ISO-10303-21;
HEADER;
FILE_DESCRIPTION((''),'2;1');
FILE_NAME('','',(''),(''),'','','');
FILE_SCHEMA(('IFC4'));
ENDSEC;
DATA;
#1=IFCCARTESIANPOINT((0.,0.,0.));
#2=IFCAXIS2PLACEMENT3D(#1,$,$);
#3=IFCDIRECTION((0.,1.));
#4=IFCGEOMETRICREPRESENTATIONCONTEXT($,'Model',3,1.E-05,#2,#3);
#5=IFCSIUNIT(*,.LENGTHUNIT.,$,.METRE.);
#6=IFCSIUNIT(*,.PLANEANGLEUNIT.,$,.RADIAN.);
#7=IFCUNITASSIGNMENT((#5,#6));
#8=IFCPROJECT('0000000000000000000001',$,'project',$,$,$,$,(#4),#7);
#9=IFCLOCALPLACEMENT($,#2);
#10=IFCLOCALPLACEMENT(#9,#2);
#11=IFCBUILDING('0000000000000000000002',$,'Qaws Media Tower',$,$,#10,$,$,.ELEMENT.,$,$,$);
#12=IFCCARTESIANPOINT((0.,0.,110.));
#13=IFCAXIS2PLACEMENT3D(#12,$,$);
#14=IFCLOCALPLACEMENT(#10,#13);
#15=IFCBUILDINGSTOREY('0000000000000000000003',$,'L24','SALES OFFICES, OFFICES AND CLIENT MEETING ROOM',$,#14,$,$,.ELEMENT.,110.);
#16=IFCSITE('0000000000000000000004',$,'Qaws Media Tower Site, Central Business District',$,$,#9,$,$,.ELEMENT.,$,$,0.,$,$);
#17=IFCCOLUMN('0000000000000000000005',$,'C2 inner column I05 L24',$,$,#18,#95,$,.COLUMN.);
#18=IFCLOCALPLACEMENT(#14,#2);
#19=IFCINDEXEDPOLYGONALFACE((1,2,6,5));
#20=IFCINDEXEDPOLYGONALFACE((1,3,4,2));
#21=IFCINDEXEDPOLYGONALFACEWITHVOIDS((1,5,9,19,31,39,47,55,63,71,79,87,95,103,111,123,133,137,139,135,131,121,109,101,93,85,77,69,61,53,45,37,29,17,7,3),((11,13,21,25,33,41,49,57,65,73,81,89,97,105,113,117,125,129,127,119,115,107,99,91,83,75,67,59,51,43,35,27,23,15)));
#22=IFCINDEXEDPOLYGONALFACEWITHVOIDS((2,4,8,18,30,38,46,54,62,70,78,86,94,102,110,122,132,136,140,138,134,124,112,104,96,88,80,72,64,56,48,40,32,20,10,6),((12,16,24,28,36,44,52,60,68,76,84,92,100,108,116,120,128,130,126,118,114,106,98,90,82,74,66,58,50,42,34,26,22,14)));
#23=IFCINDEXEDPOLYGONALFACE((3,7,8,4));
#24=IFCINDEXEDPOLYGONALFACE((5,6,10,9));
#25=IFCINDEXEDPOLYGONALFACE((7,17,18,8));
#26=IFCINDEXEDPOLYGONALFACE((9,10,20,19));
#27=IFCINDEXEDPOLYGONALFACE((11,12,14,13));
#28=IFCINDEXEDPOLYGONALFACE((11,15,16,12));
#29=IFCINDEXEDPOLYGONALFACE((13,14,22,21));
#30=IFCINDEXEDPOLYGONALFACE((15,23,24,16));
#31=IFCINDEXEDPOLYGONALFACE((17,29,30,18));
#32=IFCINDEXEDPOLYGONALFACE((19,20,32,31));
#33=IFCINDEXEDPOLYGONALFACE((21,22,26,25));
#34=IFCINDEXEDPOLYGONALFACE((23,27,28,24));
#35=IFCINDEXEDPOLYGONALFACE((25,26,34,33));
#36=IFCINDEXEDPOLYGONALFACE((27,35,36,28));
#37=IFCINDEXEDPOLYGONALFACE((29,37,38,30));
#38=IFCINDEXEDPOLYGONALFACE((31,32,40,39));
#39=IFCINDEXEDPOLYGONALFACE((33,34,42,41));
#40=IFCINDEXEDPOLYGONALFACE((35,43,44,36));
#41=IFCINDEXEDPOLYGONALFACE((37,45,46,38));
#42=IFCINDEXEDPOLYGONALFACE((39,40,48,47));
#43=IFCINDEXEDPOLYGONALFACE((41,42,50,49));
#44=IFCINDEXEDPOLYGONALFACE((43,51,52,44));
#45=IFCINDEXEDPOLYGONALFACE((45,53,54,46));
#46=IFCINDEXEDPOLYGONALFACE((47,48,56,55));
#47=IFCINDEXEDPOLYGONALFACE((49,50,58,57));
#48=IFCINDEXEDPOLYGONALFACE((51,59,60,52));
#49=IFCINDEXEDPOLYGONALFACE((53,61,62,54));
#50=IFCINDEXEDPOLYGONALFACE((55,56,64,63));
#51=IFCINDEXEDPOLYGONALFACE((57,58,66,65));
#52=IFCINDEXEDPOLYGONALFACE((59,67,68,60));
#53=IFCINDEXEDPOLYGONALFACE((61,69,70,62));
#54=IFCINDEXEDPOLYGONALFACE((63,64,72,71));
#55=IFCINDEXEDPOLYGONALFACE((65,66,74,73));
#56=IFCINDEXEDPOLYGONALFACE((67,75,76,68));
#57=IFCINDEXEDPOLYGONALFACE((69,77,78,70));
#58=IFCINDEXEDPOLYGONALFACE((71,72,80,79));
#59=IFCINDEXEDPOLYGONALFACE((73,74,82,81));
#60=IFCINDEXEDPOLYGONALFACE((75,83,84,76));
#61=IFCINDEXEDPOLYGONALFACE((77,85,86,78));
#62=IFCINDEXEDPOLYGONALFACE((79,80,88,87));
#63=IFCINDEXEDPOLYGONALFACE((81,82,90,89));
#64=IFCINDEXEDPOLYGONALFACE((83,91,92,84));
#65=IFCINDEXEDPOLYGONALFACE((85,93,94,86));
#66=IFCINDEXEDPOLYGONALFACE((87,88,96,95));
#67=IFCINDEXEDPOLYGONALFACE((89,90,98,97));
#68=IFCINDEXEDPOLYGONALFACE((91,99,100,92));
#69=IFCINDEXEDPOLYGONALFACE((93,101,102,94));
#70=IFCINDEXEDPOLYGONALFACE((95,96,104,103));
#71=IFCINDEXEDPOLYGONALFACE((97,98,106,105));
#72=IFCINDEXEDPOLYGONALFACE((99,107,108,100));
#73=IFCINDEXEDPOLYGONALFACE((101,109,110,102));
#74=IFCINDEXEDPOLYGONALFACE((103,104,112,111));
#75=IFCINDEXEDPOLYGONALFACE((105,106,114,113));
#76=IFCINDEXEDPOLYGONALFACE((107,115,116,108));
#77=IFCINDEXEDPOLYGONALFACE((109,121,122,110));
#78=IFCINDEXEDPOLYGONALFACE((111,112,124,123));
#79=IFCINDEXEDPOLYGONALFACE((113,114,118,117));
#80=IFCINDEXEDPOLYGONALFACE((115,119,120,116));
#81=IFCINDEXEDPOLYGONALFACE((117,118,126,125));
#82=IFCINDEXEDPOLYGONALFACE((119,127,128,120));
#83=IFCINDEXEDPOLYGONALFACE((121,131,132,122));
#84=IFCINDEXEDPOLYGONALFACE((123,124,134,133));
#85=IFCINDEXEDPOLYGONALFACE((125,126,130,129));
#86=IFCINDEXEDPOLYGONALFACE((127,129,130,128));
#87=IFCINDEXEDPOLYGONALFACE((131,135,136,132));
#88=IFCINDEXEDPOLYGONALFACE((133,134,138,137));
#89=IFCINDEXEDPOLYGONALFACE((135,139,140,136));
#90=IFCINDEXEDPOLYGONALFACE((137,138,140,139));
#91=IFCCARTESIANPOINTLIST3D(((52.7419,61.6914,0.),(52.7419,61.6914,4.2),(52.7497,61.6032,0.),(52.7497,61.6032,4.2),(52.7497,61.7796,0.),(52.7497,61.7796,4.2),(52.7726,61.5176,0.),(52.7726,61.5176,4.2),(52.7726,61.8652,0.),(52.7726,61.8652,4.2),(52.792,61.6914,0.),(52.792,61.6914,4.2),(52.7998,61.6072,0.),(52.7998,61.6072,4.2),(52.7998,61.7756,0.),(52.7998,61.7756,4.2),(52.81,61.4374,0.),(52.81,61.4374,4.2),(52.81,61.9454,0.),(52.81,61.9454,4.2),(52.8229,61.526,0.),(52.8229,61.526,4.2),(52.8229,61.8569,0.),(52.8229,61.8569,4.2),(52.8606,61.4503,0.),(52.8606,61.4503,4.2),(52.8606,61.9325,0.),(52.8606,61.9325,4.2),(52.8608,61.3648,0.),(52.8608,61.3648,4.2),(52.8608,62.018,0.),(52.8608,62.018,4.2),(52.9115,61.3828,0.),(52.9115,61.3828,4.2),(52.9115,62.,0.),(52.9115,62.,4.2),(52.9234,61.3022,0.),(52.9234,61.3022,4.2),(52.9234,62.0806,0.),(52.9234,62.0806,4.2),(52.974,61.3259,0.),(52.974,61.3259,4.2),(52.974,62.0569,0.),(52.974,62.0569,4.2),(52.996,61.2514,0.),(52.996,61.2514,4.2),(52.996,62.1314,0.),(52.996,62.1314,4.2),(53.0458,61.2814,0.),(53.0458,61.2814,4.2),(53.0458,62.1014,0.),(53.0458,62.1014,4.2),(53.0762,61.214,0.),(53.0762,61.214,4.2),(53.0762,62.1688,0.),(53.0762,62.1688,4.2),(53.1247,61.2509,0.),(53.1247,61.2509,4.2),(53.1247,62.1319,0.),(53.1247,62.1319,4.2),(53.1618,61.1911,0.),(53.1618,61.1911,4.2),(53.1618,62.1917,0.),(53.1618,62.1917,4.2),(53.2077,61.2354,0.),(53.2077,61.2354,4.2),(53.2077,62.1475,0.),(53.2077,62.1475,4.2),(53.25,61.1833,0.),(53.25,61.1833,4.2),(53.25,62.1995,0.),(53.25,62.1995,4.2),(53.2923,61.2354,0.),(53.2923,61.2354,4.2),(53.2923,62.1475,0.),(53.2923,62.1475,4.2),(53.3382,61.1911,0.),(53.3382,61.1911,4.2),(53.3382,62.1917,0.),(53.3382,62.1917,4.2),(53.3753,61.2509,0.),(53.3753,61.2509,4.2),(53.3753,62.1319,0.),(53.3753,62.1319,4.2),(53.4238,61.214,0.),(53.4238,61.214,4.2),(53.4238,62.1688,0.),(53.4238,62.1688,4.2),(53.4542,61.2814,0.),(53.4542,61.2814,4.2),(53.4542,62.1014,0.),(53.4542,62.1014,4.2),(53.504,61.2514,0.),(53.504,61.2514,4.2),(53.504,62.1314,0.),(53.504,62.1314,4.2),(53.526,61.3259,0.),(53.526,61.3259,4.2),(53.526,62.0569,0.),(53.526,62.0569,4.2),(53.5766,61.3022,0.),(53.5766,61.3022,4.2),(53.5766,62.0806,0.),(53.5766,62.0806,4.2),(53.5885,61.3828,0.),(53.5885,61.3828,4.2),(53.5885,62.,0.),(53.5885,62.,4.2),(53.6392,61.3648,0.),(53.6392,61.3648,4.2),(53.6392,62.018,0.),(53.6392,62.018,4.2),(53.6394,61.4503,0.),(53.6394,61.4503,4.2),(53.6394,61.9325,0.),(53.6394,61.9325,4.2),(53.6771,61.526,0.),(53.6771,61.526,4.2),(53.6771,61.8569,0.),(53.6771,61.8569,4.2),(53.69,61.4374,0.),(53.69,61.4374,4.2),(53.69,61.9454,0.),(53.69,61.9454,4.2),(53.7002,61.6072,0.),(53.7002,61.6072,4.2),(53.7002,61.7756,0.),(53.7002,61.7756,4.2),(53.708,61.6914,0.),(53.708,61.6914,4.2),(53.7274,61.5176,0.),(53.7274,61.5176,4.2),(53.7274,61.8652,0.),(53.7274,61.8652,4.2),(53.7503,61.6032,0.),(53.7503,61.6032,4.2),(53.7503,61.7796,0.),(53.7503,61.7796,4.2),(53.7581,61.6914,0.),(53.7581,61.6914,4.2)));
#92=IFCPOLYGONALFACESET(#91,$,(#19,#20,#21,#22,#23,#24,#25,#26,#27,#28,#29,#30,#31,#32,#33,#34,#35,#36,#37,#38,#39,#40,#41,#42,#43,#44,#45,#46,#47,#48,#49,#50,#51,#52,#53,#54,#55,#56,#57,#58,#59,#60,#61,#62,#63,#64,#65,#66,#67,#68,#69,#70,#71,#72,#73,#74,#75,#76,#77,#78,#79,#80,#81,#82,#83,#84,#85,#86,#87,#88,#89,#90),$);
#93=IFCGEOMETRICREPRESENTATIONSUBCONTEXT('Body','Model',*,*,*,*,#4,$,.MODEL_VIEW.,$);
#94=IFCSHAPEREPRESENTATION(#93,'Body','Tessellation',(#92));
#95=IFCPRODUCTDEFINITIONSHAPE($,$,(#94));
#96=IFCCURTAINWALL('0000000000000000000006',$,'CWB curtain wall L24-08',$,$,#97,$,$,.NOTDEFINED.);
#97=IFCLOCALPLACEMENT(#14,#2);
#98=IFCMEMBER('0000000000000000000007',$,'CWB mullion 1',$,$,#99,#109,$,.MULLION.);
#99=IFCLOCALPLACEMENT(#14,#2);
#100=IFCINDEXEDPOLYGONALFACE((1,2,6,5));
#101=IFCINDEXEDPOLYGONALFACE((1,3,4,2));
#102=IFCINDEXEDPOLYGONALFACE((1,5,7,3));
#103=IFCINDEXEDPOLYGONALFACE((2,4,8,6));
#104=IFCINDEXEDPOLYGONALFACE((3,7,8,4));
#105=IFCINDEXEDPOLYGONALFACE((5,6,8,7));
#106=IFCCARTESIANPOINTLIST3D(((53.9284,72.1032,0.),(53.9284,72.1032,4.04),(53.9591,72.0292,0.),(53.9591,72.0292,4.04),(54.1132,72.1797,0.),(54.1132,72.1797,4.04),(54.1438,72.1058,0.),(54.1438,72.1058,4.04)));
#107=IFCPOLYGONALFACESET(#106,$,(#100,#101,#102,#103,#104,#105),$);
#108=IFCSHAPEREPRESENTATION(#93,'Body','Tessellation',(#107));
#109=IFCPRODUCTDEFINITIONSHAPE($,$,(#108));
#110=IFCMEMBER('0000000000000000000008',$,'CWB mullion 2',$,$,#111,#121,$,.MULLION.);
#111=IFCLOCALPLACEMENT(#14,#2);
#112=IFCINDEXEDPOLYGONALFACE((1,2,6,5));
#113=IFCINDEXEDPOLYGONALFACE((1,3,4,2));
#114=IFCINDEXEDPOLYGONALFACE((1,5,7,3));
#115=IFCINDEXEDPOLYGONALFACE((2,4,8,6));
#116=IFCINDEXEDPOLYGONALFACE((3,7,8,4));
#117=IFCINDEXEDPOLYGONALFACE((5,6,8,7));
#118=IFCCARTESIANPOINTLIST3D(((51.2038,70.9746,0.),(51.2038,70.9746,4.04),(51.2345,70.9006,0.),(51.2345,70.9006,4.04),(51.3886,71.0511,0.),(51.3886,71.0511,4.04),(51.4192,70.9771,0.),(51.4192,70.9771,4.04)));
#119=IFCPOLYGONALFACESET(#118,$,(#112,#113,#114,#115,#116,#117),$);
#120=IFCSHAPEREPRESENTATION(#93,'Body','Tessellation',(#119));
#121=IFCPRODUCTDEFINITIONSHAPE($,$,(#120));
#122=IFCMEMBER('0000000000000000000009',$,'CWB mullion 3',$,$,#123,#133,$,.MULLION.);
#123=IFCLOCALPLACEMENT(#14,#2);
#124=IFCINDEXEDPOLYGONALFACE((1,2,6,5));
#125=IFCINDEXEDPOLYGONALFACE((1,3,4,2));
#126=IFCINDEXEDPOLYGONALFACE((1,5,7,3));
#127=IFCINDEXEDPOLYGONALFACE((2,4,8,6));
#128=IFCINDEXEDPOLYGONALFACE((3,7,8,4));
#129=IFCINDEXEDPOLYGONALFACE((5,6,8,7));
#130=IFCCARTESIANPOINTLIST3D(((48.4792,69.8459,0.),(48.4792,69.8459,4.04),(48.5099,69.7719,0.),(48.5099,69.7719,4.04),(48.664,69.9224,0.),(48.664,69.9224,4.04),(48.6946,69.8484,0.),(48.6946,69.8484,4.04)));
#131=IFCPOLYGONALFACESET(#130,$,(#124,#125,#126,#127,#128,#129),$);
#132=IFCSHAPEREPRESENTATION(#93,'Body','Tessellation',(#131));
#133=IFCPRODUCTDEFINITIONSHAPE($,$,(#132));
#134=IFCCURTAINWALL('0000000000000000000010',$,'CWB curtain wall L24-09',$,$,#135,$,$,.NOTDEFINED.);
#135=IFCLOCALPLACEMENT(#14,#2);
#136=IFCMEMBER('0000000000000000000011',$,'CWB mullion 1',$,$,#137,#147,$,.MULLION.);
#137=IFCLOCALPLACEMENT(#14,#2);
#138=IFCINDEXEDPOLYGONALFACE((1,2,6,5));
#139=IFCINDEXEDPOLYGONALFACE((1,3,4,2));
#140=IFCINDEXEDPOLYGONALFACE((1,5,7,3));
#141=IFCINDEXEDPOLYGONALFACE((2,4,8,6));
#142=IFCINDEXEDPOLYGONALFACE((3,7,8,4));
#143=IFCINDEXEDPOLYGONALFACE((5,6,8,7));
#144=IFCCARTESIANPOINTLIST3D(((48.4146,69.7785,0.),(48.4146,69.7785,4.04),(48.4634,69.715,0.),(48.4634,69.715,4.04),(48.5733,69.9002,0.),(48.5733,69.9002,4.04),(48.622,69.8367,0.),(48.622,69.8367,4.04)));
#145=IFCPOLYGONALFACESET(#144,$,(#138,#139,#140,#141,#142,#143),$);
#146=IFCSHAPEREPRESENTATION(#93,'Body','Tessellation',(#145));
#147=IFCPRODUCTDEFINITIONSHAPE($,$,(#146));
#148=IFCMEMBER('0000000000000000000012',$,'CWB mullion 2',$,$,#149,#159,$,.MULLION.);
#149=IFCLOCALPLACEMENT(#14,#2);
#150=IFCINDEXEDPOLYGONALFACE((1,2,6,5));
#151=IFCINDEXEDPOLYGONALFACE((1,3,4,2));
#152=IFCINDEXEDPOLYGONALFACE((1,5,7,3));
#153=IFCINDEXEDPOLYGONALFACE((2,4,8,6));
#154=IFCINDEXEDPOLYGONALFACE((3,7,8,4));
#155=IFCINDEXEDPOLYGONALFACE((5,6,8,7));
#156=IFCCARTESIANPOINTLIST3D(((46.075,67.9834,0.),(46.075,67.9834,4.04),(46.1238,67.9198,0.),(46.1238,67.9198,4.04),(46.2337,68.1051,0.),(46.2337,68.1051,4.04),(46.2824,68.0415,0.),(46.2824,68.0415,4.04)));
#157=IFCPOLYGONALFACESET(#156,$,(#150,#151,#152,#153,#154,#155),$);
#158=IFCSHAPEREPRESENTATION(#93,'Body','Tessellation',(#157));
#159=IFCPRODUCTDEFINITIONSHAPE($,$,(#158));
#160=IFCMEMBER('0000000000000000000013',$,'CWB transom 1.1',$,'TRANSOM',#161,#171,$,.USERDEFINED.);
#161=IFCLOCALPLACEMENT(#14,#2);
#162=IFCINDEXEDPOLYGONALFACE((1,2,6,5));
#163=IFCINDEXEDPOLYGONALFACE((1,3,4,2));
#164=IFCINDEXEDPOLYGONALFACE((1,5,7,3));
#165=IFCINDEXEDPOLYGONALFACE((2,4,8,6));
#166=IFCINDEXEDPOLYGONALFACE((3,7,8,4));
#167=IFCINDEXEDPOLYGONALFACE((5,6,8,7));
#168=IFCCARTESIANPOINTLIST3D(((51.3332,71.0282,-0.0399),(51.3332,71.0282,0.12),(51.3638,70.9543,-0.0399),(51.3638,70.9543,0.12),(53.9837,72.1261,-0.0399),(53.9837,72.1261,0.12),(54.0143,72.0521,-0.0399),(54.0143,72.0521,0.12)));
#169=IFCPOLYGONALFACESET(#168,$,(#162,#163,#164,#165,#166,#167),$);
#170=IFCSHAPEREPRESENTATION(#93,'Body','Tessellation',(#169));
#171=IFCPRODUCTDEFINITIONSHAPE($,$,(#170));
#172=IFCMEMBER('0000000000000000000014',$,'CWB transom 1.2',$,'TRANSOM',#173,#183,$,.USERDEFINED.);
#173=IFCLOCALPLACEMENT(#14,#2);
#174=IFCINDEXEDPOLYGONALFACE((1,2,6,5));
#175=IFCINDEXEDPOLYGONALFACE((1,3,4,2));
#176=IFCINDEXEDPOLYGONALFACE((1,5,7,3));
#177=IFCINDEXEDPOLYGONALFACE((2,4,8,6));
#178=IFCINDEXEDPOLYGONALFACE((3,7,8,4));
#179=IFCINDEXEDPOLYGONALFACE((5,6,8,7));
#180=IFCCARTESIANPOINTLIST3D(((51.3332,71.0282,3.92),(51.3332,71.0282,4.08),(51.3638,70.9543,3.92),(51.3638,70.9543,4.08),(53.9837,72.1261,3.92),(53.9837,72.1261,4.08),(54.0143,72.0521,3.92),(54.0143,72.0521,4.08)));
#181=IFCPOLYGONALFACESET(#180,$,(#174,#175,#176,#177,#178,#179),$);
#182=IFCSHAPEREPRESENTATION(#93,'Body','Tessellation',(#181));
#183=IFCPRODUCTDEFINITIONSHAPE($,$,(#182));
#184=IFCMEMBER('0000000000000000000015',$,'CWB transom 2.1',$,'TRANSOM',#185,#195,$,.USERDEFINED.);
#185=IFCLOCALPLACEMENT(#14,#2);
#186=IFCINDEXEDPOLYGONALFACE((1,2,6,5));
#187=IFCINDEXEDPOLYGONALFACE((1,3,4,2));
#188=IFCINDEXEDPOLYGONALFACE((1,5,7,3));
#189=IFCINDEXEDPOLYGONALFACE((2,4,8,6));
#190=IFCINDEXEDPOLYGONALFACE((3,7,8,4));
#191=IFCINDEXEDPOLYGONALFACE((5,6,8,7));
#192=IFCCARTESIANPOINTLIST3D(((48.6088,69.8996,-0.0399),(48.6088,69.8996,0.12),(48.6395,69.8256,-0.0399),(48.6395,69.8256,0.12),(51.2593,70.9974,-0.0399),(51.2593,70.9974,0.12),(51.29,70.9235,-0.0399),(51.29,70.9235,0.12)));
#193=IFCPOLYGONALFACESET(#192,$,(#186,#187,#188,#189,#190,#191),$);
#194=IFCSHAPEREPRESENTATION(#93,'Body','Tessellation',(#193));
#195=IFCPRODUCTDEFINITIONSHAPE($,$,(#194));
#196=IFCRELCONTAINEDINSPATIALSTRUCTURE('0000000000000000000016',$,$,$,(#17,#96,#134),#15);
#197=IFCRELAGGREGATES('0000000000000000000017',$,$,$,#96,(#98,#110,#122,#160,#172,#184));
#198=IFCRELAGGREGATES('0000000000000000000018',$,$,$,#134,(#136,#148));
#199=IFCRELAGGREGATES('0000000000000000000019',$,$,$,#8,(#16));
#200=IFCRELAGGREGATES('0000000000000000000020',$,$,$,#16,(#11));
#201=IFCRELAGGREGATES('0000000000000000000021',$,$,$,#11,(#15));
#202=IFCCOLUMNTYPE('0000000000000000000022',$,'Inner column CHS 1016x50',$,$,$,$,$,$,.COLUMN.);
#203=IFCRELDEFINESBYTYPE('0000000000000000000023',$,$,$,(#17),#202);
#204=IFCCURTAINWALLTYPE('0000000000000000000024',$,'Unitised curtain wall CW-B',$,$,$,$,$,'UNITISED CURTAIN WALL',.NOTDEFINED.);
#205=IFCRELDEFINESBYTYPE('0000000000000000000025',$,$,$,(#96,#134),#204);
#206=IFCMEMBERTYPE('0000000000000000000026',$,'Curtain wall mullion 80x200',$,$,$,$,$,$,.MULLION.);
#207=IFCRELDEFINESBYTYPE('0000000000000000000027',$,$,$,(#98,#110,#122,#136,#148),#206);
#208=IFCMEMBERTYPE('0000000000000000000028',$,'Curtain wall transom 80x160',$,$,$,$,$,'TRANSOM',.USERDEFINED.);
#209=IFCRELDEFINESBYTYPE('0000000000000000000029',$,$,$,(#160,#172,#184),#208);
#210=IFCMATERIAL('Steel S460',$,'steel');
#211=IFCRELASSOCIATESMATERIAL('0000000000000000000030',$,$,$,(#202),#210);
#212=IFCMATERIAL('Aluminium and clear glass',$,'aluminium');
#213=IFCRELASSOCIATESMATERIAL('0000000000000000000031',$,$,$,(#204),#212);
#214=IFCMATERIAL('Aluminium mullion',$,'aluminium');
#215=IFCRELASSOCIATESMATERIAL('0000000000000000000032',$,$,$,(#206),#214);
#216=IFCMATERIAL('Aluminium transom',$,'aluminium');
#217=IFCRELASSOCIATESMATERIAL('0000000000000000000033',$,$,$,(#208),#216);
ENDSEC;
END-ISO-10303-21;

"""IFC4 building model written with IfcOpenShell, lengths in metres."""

from ifc_helpers import new_model, si_unit, direction, frame, origin, origin_2d, place, context, subcontext, project, spatial, rectangle, hollow_circle, extrude, material, material_profile, profile_set, type_object, element, aggregate, save


model = new_model("IFC4")

# Units and contexts
model_context = context("Model", 3, precision=1e-05, world=origin(), true_north=direction((0.0, 1.0)))
body_context = subcontext(model_context, "Body", "Model", "MODEL_VIEW")
ifc_project = project(units=[si_unit("LENGTHUNIT", "METRE"), si_unit("PLANEANGLEUNIT", "RADIAN")], contexts=[model_context])

# Site, building, storey
site_placement = place(None, origin())
site = spatial("IfcSite", under=ifc_project, at=site_placement, Name="Qaws Media Tower Site, Central Business District", CompositionType="ELEMENT", RefElevation=0.0)
building_placement = place(site_placement, origin())
building = spatial("IfcBuilding", under=site, at=building_placement, Name="Qaws Media Tower", CompositionType="ELEMENT")
storey_placement = place(building_placement, frame((0.0, 0.0, 110.0)))
storey = spatial("IfcBuildingStorey", under=building, at=storey_placement, Name="L24", Description="SALES OFFICES, OFFICES AND CLIENT MEETING ROOM", CompositionType="ELEMENT", Elevation=110.0)

# Column
ifc_material_1 = material(Name="Steel S460", Category="steel")
ifc_material_profile_1 = material_profile(ifc_material_1, hollow_circle(Radius=0.5081, WallThickness=0.05, at=origin_2d()), Name="CHS 1016x50")
ifc_profile_set_1 = profile_set([ifc_material_profile_1], Name="Steel S460")
column_type = type_object("IfcColumnType", Name="Inner column CHS 1016x50", PredefinedType="COLUMN", material=ifc_profile_set_1)
column_placement = place(storey_placement, frame((53.25, 61.6914, 0.0), z_axis=(0.0, 0.0, 1.0), x_axis=(1.0, 0.0, 0.0)))
element("IfcColumn", 1, at=column_placement, inside=storey, type_object=column_type, Name="C2 inner column I05 L24", PredefinedType="COLUMN", context=body_context, shape_type="SweptSolid", body=[
    extrude(hollow_circle(Radius=0.5081, WallThickness=0.05, at=origin_2d()), origin(), (0.0, 0.0, 1.0), 4.2),
])

# Curtain walls, members
ifc_material_2 = material(Name="Aluminium and clear glass", Category="aluminium")
curtain_wall_type = type_object("IfcCurtainWallType", Name="Unitised curtain wall CW-B", ElementType="UNITISED CURTAIN WALL", PredefinedType="NOTDEFINED", material=ifc_material_2)
curtain_wall_1_placement = place(storey_placement, origin())
curtain_wall_1 = element("IfcCurtainWall", 2, at=curtain_wall_1_placement, inside=storey, type_object=curtain_wall_type, Name="CWB curtain wall L24-08", PredefinedType="NOTDEFINED")
ifc_material_3 = material(Name="Aluminium mullion", Category="aluminium")
ifc_material_profile_2 = material_profile(ifc_material_3, rectangle(XDim=0.0801, YDim=0.2, at=origin_2d()), Name="80x200")
ifc_profile_set_2 = profile_set([ifc_material_profile_2], Name="Aluminium mullion")
member_type_1 = type_object("IfcMemberType", Name="Curtain wall mullion 80x200", PredefinedType="MULLION", material=ifc_profile_set_2)
member_1_placement = place(storey_placement, frame((54.0361, 72.1045, 0.0), z_axis=(0.0, 0.0, 1.0), x_axis=(0.382683, -0.92388, 0.0)))
member_1 = element("IfcMember", 3, at=member_1_placement, type_object=member_type_1, Name="CWB mullion 1", PredefinedType="MULLION", context=body_context, shape_type="SweptSolid", body=[
    extrude(rectangle(XDim=0.0801, YDim=0.2, at=origin_2d()), origin(), (0.0, 0.0, 1.0), 4.04),
])
member_2_placement = place(storey_placement, frame((51.3115, 70.9758, 0.0), z_axis=(0.0, 0.0, 1.0), x_axis=(0.382683, -0.92388, 0.0)))
member_2 = element("IfcMember", 4, at=member_2_placement, type_object=member_type_1, Name="CWB mullion 2", PredefinedType="MULLION", context=body_context, shape_type="SweptSolid", body=[
    extrude(rectangle(XDim=0.0801, YDim=0.2, at=origin_2d()), origin(), (0.0, 0.0, 1.0), 4.04),
])
member_3_placement = place(storey_placement, frame((48.5869, 69.8472, 0.0), z_axis=(0.0, 0.0, 1.0), x_axis=(0.382683, -0.92388, 0.0)))
member_3 = element("IfcMember", 5, at=member_3_placement, type_object=member_type_1, Name="CWB mullion 3", PredefinedType="MULLION", context=body_context, shape_type="SweptSolid", body=[
    extrude(rectangle(XDim=0.0801, YDim=0.2, at=origin_2d()), origin(), (0.0, 0.0, 1.0), 4.04),
])
curtain_wall_2_placement = place(storey_placement, origin())
curtain_wall_2 = element("IfcCurtainWall", 6, at=curtain_wall_2_placement, inside=storey, type_object=curtain_wall_type, Name="CWB curtain wall L24-09", PredefinedType="NOTDEFINED")
member_4_placement = place(storey_placement, frame((48.5183, 69.8076, 0.0), z_axis=(0.0, 0.0, 1.0), x_axis=(0.608762, -0.793353, 0.0)))
member_4 = element("IfcMember", 7, at=member_4_placement, type_object=member_type_1, Name="CWB mullion 1", PredefinedType="MULLION", context=body_context, shape_type="SweptSolid", body=[
    extrude(rectangle(XDim=0.0801, YDim=0.2, at=origin_2d()), origin(), (0.0, 0.0, 1.0), 4.04),
])
member_5_placement = place(storey_placement, frame((46.1787, 68.0125, 0.0), z_axis=(0.0, 0.0, 1.0), x_axis=(0.608762, -0.793353, 0.0)))
member_5 = element("IfcMember", 8, at=member_5_placement, type_object=member_type_1, Name="CWB mullion 2", PredefinedType="MULLION", context=body_context, shape_type="SweptSolid", body=[
    extrude(rectangle(XDim=0.0801, YDim=0.2, at=origin_2d()), origin(), (0.0, 0.0, 1.0), 4.04),
])

# Members
ifc_material_4 = material(Name="Aluminium transom", Category="aluminium")
ifc_material_profile_3 = material_profile(ifc_material_4, rectangle(XDim=0.0801, YDim=0.1599, at=origin_2d()), Name="80x160")
ifc_profile_set_3 = profile_set([ifc_material_profile_3], Name="Aluminium transom")
member_type_2 = type_object("IfcMemberType", Name="Curtain wall transom 80x160", ElementType="TRANSOM", PredefinedType="USERDEFINED", material=ifc_profile_set_3)
member_6_placement = place(storey_placement, frame((53.999, 72.0891, 0.04), z_axis=(-0.923883, -0.382675, 0.0), x_axis=(0.382675, -0.923883, 0.0)))
member_6 = element("IfcMember", 9, at=member_6_placement, type_object=member_type_2, Name="CWB transom 1.1", ObjectType="TRANSOM", PredefinedType="USERDEFINED", context=body_context, shape_type="SweptSolid", body=[
    extrude(rectangle(XDim=0.0801, YDim=0.1599, at=origin_2d()), origin(), (0.0, 0.0, 1.0), 2.8689),
])
member_7_placement = place(storey_placement, frame((53.999, 72.0891, 4.0), z_axis=(-0.923883, -0.382675, 0.0), x_axis=(0.382675, -0.923883, 0.0)))
member_7 = element("IfcMember", 10, at=member_7_placement, type_object=member_type_2, Name="CWB transom 1.2", ObjectType="TRANSOM", PredefinedType="USERDEFINED", context=body_context, shape_type="SweptSolid", body=[
    extrude(rectangle(XDim=0.0801, YDim=0.1599, at=origin_2d()), origin(), (0.0, 0.0, 1.0), 2.8689),
])
member_8_placement = place(storey_placement, frame((51.2747, 70.9604, 0.04), z_axis=(-0.923883, -0.382675, 0.0), x_axis=(0.382675, -0.923883, 0.0)))
member_8 = element("IfcMember", 11, at=member_8_placement, type_object=member_type_2, Name="CWB transom 2.1", ObjectType="TRANSOM", PredefinedType="USERDEFINED", context=body_context, shape_type="SweptSolid", body=[
    extrude(rectangle(XDim=0.0801, YDim=0.1599, at=origin_2d()), origin(), (0.0, 0.0, 1.0), 2.8689),
])

aggregate(curtain_wall_1, [member_1, member_2, member_3, member_6, member_7, member_8])
aggregate(curtain_wall_2, [member_4, member_5])

save(model, "model.ifc")
